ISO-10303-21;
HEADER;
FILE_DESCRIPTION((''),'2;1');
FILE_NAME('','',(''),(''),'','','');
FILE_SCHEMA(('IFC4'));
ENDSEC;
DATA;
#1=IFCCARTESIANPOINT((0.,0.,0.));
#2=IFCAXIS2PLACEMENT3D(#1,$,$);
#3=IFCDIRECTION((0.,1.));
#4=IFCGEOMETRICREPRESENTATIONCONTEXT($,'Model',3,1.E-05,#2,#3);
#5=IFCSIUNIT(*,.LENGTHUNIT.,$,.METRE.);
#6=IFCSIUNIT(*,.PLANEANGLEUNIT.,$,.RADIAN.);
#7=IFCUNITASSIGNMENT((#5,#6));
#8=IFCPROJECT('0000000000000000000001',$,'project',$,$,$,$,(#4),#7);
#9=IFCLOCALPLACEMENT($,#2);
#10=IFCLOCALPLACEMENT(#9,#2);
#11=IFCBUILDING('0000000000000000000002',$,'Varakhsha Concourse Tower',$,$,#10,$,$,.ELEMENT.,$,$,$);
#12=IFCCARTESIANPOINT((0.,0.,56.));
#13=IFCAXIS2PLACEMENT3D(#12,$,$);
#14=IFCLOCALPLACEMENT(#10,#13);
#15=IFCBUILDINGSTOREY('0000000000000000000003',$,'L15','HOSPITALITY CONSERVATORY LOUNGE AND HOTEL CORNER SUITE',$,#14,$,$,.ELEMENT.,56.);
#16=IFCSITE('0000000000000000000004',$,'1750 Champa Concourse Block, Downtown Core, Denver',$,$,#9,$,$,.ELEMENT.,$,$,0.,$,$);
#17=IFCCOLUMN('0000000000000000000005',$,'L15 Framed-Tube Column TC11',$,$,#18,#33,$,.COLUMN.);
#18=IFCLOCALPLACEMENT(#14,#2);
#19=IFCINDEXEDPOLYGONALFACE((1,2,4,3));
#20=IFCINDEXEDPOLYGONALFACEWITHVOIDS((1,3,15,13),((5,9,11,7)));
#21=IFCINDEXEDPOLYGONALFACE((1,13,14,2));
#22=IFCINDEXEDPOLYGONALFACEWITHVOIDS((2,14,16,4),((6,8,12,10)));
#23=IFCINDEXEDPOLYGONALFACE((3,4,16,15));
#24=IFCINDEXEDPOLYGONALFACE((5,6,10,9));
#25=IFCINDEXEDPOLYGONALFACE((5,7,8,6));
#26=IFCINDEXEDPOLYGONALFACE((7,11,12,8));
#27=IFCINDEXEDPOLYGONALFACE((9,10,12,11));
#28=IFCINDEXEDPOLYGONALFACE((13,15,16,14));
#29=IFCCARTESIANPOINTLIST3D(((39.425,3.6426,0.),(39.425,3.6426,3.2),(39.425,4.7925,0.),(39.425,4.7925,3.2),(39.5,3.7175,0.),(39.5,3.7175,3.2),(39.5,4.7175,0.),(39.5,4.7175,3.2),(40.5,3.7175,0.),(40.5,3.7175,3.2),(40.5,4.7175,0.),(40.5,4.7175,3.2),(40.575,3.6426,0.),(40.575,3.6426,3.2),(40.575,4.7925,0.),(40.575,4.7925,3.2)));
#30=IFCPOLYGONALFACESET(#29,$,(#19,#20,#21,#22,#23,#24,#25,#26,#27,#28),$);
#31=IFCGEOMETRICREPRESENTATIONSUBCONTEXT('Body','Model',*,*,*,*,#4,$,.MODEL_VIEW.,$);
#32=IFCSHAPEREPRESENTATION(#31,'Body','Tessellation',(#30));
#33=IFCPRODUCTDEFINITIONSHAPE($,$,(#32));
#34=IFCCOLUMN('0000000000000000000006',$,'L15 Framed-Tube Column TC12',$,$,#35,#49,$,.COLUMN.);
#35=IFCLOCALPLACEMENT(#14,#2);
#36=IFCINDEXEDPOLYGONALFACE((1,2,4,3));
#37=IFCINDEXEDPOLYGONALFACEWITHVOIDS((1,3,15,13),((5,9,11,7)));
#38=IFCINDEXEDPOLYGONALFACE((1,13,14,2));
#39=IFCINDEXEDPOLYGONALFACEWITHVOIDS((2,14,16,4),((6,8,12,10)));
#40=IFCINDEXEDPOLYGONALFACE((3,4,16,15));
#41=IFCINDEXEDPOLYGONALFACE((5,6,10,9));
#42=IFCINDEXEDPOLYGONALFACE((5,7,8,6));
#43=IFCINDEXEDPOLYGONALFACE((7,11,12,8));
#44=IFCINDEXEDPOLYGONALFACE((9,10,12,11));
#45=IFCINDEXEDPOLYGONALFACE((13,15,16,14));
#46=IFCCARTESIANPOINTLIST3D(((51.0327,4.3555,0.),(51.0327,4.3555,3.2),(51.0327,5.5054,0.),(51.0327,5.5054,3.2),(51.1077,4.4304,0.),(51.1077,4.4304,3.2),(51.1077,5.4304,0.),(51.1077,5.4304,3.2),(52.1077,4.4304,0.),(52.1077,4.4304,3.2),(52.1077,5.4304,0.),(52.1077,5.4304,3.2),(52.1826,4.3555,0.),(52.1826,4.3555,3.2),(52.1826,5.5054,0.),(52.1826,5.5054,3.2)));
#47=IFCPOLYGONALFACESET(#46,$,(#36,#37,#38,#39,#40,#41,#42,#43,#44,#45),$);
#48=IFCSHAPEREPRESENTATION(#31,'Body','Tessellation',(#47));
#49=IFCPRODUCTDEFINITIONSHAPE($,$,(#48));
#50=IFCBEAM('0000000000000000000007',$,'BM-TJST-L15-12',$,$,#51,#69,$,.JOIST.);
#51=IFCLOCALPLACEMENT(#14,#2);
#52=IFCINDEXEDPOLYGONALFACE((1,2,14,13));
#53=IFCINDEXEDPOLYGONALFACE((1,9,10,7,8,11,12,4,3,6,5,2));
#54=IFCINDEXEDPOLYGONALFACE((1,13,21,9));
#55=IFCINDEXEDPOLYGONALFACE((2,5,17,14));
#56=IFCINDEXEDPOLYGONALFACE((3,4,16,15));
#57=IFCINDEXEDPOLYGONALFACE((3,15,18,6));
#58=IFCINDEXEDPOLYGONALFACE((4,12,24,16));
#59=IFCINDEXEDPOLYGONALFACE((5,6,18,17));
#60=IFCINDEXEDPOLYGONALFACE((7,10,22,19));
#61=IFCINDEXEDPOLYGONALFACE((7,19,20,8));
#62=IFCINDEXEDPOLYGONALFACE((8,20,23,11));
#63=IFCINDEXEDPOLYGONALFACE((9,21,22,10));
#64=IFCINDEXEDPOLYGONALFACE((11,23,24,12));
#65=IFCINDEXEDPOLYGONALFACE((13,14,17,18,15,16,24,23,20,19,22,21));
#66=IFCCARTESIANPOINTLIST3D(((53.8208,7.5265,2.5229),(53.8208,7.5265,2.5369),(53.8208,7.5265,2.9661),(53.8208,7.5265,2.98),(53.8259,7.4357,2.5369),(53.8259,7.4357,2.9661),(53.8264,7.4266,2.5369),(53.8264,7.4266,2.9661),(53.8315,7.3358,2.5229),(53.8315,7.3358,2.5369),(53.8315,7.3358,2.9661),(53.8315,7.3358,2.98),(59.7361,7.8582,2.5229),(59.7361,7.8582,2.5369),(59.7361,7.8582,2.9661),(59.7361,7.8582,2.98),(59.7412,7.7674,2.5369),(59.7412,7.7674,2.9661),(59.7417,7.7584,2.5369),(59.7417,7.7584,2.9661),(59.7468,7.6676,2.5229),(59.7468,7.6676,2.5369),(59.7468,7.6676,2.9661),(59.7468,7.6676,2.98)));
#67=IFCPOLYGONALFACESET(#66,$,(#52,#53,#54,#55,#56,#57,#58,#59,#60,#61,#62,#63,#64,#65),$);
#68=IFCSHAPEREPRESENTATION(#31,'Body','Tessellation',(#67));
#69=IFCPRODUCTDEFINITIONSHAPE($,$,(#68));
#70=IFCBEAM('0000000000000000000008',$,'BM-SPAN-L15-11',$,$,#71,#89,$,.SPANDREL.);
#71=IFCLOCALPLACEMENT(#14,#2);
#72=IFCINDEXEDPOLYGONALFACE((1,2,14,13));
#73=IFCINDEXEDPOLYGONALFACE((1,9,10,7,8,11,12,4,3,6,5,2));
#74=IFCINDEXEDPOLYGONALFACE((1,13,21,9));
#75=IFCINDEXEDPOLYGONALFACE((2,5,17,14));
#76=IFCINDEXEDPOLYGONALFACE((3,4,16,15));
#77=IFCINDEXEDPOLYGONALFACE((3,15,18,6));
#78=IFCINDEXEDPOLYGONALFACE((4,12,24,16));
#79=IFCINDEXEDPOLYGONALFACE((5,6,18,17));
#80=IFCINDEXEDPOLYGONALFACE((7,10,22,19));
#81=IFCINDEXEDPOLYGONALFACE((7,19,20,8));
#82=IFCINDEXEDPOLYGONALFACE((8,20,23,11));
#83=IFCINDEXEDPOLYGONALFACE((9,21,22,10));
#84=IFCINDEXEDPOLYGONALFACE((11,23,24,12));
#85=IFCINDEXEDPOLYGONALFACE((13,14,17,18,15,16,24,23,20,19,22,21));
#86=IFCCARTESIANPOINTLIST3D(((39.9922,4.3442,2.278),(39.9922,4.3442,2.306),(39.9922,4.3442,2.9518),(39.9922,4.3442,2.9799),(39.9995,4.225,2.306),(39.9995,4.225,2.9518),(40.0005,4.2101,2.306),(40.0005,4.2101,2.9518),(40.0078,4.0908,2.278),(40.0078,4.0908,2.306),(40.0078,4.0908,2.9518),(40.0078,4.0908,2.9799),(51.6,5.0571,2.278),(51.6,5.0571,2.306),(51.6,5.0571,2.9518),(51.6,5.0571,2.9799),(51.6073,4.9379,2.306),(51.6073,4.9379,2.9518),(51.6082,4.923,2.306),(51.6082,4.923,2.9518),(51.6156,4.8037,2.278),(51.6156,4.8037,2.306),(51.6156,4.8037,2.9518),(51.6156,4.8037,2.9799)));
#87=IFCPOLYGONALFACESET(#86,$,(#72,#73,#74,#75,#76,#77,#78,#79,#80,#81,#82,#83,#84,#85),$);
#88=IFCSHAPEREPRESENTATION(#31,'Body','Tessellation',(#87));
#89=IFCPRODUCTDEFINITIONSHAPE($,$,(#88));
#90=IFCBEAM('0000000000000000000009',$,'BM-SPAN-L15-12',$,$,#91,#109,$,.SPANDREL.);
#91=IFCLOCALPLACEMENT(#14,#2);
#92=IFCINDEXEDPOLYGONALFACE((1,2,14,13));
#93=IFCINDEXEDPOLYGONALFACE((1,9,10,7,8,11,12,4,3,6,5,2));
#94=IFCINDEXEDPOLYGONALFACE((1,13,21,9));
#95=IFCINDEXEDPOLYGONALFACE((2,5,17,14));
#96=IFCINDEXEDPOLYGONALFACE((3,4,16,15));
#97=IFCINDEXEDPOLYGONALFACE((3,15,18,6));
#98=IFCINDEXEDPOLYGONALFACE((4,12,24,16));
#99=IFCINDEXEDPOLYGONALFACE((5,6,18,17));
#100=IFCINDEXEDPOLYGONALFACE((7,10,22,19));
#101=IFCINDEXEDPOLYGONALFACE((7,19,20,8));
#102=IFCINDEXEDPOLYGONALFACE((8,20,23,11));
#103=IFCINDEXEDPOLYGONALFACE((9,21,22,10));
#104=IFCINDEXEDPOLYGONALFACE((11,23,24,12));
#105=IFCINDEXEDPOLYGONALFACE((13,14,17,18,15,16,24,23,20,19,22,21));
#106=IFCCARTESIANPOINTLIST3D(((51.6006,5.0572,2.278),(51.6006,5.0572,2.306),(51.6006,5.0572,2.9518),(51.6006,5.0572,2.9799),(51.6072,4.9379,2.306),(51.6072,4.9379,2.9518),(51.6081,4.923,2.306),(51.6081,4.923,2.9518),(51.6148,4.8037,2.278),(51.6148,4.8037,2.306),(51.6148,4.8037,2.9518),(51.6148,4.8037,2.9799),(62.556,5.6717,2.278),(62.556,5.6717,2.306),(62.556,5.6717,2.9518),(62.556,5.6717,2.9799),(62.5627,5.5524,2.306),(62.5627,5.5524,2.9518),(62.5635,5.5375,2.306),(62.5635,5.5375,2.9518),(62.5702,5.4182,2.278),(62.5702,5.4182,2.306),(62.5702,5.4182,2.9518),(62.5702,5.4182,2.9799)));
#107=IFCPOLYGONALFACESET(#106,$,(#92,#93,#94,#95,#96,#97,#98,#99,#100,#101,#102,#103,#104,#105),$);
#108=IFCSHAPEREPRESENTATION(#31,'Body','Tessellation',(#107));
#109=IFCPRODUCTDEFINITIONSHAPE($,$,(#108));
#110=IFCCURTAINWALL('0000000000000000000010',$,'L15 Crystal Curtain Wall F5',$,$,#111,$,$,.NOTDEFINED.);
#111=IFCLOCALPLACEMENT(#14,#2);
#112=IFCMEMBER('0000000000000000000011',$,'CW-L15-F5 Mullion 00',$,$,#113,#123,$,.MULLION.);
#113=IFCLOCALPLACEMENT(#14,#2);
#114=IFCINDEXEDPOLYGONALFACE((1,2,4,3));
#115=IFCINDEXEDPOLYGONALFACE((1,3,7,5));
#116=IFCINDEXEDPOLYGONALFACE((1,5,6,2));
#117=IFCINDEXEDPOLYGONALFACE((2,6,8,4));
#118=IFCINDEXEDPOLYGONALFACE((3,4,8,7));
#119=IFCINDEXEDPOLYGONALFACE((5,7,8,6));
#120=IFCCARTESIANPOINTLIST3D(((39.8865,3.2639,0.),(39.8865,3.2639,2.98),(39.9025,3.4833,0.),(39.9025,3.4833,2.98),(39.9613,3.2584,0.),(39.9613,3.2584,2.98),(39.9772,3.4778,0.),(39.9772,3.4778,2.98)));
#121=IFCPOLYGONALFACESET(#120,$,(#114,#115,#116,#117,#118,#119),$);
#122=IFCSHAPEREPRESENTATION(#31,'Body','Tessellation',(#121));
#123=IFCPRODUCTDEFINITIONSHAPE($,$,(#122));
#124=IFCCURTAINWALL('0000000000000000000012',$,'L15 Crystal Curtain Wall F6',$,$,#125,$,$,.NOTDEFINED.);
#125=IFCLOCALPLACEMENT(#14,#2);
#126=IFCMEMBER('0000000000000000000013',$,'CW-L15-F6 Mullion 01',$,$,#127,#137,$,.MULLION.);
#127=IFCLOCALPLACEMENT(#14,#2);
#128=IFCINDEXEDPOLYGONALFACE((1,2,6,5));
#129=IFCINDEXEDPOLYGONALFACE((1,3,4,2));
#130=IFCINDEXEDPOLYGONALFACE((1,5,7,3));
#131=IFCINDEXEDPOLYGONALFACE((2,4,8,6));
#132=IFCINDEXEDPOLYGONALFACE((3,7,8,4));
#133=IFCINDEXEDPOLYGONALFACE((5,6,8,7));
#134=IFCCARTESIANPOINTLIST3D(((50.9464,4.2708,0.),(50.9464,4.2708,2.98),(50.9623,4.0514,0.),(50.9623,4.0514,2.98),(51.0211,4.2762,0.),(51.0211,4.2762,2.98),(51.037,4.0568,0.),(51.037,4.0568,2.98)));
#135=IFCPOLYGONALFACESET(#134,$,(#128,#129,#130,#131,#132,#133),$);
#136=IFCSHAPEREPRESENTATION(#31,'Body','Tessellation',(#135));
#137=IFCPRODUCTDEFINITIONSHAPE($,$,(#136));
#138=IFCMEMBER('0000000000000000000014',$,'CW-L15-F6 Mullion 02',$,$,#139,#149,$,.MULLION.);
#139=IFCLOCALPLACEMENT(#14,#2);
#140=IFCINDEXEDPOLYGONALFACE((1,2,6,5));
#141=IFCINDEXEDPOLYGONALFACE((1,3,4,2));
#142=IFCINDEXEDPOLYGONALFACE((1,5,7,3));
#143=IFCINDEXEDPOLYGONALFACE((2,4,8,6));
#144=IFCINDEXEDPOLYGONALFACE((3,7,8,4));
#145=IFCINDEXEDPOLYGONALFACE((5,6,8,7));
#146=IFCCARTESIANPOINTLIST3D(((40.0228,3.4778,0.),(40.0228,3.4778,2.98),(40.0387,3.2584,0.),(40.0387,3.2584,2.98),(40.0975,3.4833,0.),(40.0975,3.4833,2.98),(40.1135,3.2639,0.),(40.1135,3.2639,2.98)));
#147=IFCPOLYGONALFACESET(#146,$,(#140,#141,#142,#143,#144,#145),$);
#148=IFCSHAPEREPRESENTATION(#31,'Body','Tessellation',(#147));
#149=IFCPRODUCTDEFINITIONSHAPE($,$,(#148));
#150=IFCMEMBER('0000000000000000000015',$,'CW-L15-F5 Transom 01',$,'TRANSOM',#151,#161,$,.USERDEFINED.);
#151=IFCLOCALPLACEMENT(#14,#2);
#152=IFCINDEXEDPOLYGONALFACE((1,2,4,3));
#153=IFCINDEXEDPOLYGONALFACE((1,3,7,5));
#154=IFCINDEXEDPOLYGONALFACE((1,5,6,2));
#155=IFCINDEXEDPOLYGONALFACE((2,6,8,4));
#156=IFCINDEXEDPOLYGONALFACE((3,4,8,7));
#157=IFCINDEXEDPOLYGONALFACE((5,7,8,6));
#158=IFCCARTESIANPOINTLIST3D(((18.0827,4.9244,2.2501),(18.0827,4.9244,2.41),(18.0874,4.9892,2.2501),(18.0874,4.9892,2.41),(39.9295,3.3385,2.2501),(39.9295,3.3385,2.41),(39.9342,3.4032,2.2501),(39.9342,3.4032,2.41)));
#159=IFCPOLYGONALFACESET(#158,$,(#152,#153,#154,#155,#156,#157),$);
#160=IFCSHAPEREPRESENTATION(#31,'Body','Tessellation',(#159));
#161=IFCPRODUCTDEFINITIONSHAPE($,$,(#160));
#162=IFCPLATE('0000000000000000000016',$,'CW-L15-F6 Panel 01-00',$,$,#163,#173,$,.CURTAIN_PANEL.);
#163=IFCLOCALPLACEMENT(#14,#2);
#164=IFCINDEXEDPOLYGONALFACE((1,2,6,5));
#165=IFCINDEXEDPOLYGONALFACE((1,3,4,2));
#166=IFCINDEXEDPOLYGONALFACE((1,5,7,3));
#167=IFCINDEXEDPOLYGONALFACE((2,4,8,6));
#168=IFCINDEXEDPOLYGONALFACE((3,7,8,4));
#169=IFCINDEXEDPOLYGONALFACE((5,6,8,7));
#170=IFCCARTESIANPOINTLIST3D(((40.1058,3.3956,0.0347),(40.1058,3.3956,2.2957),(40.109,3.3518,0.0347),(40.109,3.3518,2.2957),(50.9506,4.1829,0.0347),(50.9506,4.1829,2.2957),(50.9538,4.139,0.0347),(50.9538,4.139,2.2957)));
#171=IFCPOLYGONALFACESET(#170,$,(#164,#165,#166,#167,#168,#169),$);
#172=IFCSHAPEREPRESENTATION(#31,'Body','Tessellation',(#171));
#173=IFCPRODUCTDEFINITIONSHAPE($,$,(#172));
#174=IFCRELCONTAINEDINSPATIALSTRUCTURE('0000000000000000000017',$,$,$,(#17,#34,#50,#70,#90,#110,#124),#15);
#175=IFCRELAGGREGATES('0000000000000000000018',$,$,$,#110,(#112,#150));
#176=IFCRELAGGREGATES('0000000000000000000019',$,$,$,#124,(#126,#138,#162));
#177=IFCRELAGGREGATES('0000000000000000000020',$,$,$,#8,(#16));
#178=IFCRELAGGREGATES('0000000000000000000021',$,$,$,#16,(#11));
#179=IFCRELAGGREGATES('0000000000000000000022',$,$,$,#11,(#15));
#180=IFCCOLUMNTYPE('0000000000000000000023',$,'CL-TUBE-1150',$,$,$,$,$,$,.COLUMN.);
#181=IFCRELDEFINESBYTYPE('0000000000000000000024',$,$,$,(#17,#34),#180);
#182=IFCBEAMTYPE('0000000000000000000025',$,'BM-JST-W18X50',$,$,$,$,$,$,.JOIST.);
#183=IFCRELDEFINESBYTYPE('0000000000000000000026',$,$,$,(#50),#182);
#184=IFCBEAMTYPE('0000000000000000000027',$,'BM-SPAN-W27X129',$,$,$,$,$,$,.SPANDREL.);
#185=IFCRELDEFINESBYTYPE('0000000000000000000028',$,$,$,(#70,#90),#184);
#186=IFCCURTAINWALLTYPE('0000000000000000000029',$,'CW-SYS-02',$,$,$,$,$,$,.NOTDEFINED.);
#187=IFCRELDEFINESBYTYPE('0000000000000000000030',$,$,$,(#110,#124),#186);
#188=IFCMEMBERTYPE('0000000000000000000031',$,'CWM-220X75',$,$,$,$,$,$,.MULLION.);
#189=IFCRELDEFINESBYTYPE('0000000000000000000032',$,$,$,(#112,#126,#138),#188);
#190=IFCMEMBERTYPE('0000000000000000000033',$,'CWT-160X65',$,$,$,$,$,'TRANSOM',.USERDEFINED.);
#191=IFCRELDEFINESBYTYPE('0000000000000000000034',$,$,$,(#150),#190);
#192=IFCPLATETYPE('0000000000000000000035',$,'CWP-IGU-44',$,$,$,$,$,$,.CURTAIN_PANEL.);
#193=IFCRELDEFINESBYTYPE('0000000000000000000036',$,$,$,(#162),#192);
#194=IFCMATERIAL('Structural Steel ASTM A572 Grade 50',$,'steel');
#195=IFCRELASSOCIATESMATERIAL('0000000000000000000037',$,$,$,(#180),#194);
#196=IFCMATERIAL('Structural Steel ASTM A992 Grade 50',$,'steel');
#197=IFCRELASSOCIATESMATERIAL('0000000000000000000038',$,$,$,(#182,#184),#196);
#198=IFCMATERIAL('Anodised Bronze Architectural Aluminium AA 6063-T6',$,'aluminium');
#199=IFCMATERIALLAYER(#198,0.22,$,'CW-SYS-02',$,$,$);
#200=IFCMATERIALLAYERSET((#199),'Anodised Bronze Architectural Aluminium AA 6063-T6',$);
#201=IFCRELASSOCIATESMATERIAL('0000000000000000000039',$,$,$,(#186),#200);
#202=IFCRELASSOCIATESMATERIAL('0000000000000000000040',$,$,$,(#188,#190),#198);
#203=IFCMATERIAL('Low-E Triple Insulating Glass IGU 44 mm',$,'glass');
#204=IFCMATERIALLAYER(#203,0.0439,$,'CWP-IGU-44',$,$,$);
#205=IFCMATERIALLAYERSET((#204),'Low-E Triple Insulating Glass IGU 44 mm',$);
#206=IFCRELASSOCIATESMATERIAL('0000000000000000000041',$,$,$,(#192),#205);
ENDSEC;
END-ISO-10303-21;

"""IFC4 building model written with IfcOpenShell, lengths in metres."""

from ifc_helpers import new_model, si_unit, direction, frame, origin, origin_2d, place, context, subcontext, project, spatial, rectangle, hollow_rectangle, i_section, extrude, source, transform, mapped, material, layer, layer_set, material_profile, profile_set, type_object, type_shapes, element, aggregate, save


model = new_model("IFC4")

# Units and contexts
model_context = context("Model", 3, precision=1e-05, world=origin(), true_north=direction((0.0, 1.0)))
body_context = subcontext(model_context, "Body", "Model", "MODEL_VIEW")
ifc_project = project(units=[si_unit("LENGTHUNIT", "METRE"), si_unit("PLANEANGLEUNIT", "RADIAN")], contexts=[model_context])

# Site, building, storey
site_placement = place(None, origin())
site = spatial("IfcSite", under=ifc_project, at=site_placement, Name="1750 Champa Concourse Block, Downtown Core, Denver", CompositionType="ELEMENT", RefElevation=0.0)
building_placement = place(site_placement, origin())
building = spatial("IfcBuilding", under=site, at=building_placement, Name="Varakhsha Concourse Tower", CompositionType="ELEMENT")
storey_placement = place(building_placement, frame((0.0, 0.0, 56.0)))
storey = spatial("IfcBuildingStorey", under=building, at=storey_placement, Name="L15", Description="HOSPITALITY CONSERVATORY LOUNGE AND HOTEL CORNER SUITE", CompositionType="ELEMENT", Elevation=56.0)

# Columns
ifc_material_1 = material(Name="Structural Steel ASTM A572 Grade 50", Category="steel")
ifc_material_profile_1 = material_profile(ifc_material_1, hollow_rectangle(XDim=1.1499, YDim=1.1499, WallThickness=0.075, at=origin_2d()), Name="BOX 1150x1150x75")
ifc_profile_set_1 = profile_set([ifc_material_profile_1], Name="Structural Steel ASTM A572 Grade 50")
column_type = type_object("IfcColumnType", Name="CL-TUBE-1150", PredefinedType="COLUMN", material=ifc_profile_set_1)
for number, where, z_axis, x_axis, name in (
    (1, (40.0, 4.2175, 0.0), (0.0, 0.0, 1.0), (1.0, 0.0, 0.0), "L15 Framed-Tube Column TC11"),
    (2, (51.6077, 4.9304, 0.0), (0.0, 0.0, 1.0), (1.0, 0.0, 0.0), "L15 Framed-Tube Column TC12"),
):
    element("IfcColumn", number, at=place(storey_placement, frame(where, z_axis=z_axis, x_axis=x_axis)), inside=storey, type_object=column_type, Name=name, PredefinedType="COLUMN", context=body_context, shape_type="SweptSolid", body=[
        extrude(hollow_rectangle(XDim=1.1499, YDim=1.1499, WallThickness=0.075, at=origin_2d()), origin(), (0.0, 0.0, 1.0), 3.2),
    ])

# Beams
ifc_material_2 = material(Name="Structural Steel ASTM A992 Grade 50", Category="steel")
ifc_material_profile_2 = material_profile(ifc_material_2, i_section(OverallWidth=0.1909, OverallDepth=0.457, WebThickness=0.009, FlangeThickness=0.0139, at=origin_2d()), Name="W18X50")
ifc_profile_set_2 = profile_set([ifc_material_profile_2], Name="Structural Steel ASTM A992 Grade 50")
beam_type_1 = type_object("IfcBeamType", Name="BM-JST-W18X50", PredefinedType="JOIST", material=ifc_profile_set_2)
beam_1_placement = place(storey_placement, frame((53.8262, 7.4312, 2.7515), z_axis=(0.998431, 0.056002, 0.0), x_axis=(-0.056002, 0.998431, 0.0)))
element("IfcBeam", 3, at=beam_1_placement, inside=storey, type_object=beam_type_1, Name="BM-TJST-L15-12", PredefinedType="JOIST", context=body_context, shape_type="SweptSolid", body=[
    extrude(i_section(OverallWidth=0.1909, OverallDepth=0.457, WebThickness=0.009, FlangeThickness=0.0139, at=origin_2d()), origin(), (0.0, 0.0, 1.0), 5.9246),
])
ifc_material_profile_3 = material_profile(ifc_material_2, i_section(OverallWidth=0.2539, OverallDepth=0.7019, WebThickness=0.0149, FlangeThickness=0.0281, at=origin_2d()), Name="W27X129")
ifc_profile_set_3 = profile_set([ifc_material_profile_3], Name="Structural Steel ASTM A992 Grade 50")
beam_type_2 = type_object("IfcBeamType", Name="BM-SPAN-W27X129", PredefinedType="SPANDREL", material=ifc_profile_set_3)
beam_2_placement = place(storey_placement, frame((40.0, 4.2175, 2.6289), z_axis=(0.998119, 0.0613, 0.0), x_axis=(-0.0613, 0.998119, 0.0)))
element("IfcBeam", 4, at=beam_2_placement, inside=storey, type_object=beam_type_2, Name="BM-SPAN-L15-11", PredefinedType="SPANDREL", context=body_context, shape_type="SweptSolid", body=[
    extrude(i_section(OverallWidth=0.2539, OverallDepth=0.7019, WebThickness=0.0149, FlangeThickness=0.0281, at=origin_2d()), origin(), (0.0, 0.0, 1.0), 11.6296),
])
beam_3_placement = place(storey_placement, frame((51.6077, 4.9304, 2.6289), z_axis=(0.998431, 0.056004, 0.0), x_axis=(-0.056004, 0.998431, 0.0)))
element("IfcBeam", 5, at=beam_3_placement, inside=storey, type_object=beam_type_2, Name="BM-SPAN-L15-12", PredefinedType="SPANDREL", context=body_context, shape_type="SweptSolid", body=[
    extrude(i_section(OverallWidth=0.2539, OverallDepth=0.7019, WebThickness=0.0149, FlangeThickness=0.0281, at=origin_2d()), origin(), (0.0, 0.0, 1.0), 10.9727),
])

# Curtain wall, member
ifc_material_3 = material(Name="Anodised Bronze Architectural Aluminium AA 6063-T6", Category="aluminium")
ifc_layer_1 = layer(ifc_material_3, 0.22, Name="CW-SYS-02")
ifc_layer_set_1 = layer_set([ifc_layer_1], Name="Anodised Bronze Architectural Aluminium AA 6063-T6")
curtain_wall_type = type_object("IfcCurtainWallType", Name="CW-SYS-02", PredefinedType="NOTDEFINED", material=ifc_layer_set_1)
curtain_wall_1_placement = place(storey_placement, origin())
curtain_wall_1 = element("IfcCurtainWall", 6, at=curtain_wall_1_placement, inside=storey, type_object=curtain_wall_type, Name="L15 Crystal Curtain Wall F5", PredefinedType="NOTDEFINED")
ifc_material_profile_4 = material_profile(ifc_material_3, rectangle(XDim=0.075, YDim=0.22, at=origin_2d()), Name="CWM-220X75")
ifc_profile_set_4 = profile_set([ifc_material_profile_4], Name="Anodised Bronze Architectural Aluminium AA 6063-T6")
member_type_1 = type_object("IfcMemberType", Name="CWM-220X75", PredefinedType="MULLION", material=ifc_profile_set_4)
shared_shape_1 = source(origin(), body_context, "Body", "SweptSolid", [
    extrude(rectangle(XDim=0.075, YDim=0.22, at=origin_2d()), origin(), (0.0, 0.0, 1.0), 2.98),
])
type_shapes(member_type_1, [shared_shape_1])
member_1_placement = place(storey_placement, frame((39.9319, 3.3708, 0.0), z_axis=(0.0, 0.0, 1.0), x_axis=(-0.997376, 0.072401, 0.0)))
member_1 = element("IfcMember", 7, at=member_1_placement, type_object=member_type_1, Name="CW-L15-F5 Mullion 00", PredefinedType="MULLION", context=body_context, shape_type="MappedRepresentation", body=[
    mapped(shared_shape_1, transform((0.0, 0.0, 0.0), scale=1.0)),
])

# Curtain wall, members
curtain_wall_2_placement = place(storey_placement, origin())
curtain_wall_2 = element("IfcCurtainWall", 8, at=curtain_wall_2_placement, inside=storey, type_object=curtain_wall_type, Name="L15 Crystal Curtain Wall F6", PredefinedType="NOTDEFINED")
member_2_placement = place(storey_placement, frame((50.9917, 4.1638, 0.0), z_axis=(0.0, 0.0, 1.0), x_axis=(-0.997376, -0.072401, 0.0)))
member_2 = element("IfcMember", 9, at=member_2_placement, type_object=member_type_1, Name="CW-L15-F6 Mullion 01", PredefinedType="MULLION", context=body_context, shape_type="MappedRepresentation", body=[
    mapped(shared_shape_1, transform((0.0, 0.0, 0.0), scale=1.0)),
])
member_3_placement = place(storey_placement, frame((40.0681, 3.3708, 0.0), z_axis=(0.0, 0.0, 1.0), x_axis=(-0.997376, -0.072401, 0.0)))
member_3 = element("IfcMember", 10, at=member_3_placement, type_object=member_type_1, Name="CW-L15-F6 Mullion 02", PredefinedType="MULLION", context=body_context, shape_type="MappedRepresentation", body=[
    mapped(shared_shape_1, transform((0.0, 0.0, 0.0), scale=1.0)),
])

# Member
ifc_material_profile_5 = material_profile(ifc_material_3, rectangle(XDim=0.0649, YDim=0.1599, at=origin_2d()), Name="CWT-160X65")
ifc_profile_set_5 = profile_set([ifc_material_profile_5], Name="Anodised Bronze Architectural Aluminium AA 6063-T6")
member_type_2 = type_object("IfcMemberType", Name="CWT-160X65", ElementType="TRANSOM", PredefinedType="USERDEFINED", material=ifc_profile_set_5)
shared_shape_2 = source(origin(), body_context, "Body", "SweptSolid", [
    extrude(rectangle(XDim=0.0649, YDim=0.1599, at=origin_2d()), origin(), (0.0, 0.0, 1.0), 21.9043),
])
type_shapes(member_type_2, [shared_shape_2])
member_4_placement = place(storey_placement, frame((39.9319, 3.3708, 2.3301), z_axis=(-0.997375, 0.072403, 0.0), x_axis=(-0.072403, -0.997375, 0.0)))
member_4 = element("IfcMember", 11, at=member_4_placement, type_object=member_type_2, Name="CW-L15-F5 Transom 01", ObjectType="TRANSOM", PredefinedType="USERDEFINED", context=body_context, shape_type="MappedRepresentation", body=[
    mapped(shared_shape_2, transform((0.0, 0.0, 0.0), scale=1.0)),
])
aggregate(curtain_wall_1, [member_1, member_4])

# Plate
ifc_material_4 = material(Name="Low-E Triple Insulating Glass IGU 44 mm", Category="glass")
ifc_layer_2 = layer(ifc_material_4, 0.0439, Name="CWP-IGU-44")
ifc_layer_set_2 = layer_set([ifc_layer_2], Name="Low-E Triple Insulating Glass IGU 44 mm")
plate_type_1 = type_object("IfcPlateType", Name="CWP-IGU-44", PredefinedType="CURTAIN_PANEL", material=ifc_layer_set_2)
shared_shape_3 = source(origin(), body_context, "Body", "SweptSolid", [
    extrude(rectangle(XDim=10.8733, YDim=0.0439, at=origin_2d()), origin(), (0.0, 0.0, 1.0), 2.261),
])
type_shapes(plate_type_1, [shared_shape_3])
plate_1_placement = place(storey_placement, frame((45.5298, 3.7673, 0.0347), z_axis=(0.0, 0.0, 1.0), x_axis=(-0.997376, -0.072401, 0.0)))
plate_1 = element("IfcPlate", 12, at=plate_1_placement, type_object=plate_type_1, Name="CW-L15-F6 Panel 01-00", PredefinedType="CURTAIN_PANEL", context=body_context, shape_type="MappedRepresentation", body=[
    mapped(shared_shape_3, transform((0.0, 0.0, 0.0), scale=1.0)),
])
aggregate(curtain_wall_2, [member_2, member_3, plate_1])

save(model, "model.ifc")
